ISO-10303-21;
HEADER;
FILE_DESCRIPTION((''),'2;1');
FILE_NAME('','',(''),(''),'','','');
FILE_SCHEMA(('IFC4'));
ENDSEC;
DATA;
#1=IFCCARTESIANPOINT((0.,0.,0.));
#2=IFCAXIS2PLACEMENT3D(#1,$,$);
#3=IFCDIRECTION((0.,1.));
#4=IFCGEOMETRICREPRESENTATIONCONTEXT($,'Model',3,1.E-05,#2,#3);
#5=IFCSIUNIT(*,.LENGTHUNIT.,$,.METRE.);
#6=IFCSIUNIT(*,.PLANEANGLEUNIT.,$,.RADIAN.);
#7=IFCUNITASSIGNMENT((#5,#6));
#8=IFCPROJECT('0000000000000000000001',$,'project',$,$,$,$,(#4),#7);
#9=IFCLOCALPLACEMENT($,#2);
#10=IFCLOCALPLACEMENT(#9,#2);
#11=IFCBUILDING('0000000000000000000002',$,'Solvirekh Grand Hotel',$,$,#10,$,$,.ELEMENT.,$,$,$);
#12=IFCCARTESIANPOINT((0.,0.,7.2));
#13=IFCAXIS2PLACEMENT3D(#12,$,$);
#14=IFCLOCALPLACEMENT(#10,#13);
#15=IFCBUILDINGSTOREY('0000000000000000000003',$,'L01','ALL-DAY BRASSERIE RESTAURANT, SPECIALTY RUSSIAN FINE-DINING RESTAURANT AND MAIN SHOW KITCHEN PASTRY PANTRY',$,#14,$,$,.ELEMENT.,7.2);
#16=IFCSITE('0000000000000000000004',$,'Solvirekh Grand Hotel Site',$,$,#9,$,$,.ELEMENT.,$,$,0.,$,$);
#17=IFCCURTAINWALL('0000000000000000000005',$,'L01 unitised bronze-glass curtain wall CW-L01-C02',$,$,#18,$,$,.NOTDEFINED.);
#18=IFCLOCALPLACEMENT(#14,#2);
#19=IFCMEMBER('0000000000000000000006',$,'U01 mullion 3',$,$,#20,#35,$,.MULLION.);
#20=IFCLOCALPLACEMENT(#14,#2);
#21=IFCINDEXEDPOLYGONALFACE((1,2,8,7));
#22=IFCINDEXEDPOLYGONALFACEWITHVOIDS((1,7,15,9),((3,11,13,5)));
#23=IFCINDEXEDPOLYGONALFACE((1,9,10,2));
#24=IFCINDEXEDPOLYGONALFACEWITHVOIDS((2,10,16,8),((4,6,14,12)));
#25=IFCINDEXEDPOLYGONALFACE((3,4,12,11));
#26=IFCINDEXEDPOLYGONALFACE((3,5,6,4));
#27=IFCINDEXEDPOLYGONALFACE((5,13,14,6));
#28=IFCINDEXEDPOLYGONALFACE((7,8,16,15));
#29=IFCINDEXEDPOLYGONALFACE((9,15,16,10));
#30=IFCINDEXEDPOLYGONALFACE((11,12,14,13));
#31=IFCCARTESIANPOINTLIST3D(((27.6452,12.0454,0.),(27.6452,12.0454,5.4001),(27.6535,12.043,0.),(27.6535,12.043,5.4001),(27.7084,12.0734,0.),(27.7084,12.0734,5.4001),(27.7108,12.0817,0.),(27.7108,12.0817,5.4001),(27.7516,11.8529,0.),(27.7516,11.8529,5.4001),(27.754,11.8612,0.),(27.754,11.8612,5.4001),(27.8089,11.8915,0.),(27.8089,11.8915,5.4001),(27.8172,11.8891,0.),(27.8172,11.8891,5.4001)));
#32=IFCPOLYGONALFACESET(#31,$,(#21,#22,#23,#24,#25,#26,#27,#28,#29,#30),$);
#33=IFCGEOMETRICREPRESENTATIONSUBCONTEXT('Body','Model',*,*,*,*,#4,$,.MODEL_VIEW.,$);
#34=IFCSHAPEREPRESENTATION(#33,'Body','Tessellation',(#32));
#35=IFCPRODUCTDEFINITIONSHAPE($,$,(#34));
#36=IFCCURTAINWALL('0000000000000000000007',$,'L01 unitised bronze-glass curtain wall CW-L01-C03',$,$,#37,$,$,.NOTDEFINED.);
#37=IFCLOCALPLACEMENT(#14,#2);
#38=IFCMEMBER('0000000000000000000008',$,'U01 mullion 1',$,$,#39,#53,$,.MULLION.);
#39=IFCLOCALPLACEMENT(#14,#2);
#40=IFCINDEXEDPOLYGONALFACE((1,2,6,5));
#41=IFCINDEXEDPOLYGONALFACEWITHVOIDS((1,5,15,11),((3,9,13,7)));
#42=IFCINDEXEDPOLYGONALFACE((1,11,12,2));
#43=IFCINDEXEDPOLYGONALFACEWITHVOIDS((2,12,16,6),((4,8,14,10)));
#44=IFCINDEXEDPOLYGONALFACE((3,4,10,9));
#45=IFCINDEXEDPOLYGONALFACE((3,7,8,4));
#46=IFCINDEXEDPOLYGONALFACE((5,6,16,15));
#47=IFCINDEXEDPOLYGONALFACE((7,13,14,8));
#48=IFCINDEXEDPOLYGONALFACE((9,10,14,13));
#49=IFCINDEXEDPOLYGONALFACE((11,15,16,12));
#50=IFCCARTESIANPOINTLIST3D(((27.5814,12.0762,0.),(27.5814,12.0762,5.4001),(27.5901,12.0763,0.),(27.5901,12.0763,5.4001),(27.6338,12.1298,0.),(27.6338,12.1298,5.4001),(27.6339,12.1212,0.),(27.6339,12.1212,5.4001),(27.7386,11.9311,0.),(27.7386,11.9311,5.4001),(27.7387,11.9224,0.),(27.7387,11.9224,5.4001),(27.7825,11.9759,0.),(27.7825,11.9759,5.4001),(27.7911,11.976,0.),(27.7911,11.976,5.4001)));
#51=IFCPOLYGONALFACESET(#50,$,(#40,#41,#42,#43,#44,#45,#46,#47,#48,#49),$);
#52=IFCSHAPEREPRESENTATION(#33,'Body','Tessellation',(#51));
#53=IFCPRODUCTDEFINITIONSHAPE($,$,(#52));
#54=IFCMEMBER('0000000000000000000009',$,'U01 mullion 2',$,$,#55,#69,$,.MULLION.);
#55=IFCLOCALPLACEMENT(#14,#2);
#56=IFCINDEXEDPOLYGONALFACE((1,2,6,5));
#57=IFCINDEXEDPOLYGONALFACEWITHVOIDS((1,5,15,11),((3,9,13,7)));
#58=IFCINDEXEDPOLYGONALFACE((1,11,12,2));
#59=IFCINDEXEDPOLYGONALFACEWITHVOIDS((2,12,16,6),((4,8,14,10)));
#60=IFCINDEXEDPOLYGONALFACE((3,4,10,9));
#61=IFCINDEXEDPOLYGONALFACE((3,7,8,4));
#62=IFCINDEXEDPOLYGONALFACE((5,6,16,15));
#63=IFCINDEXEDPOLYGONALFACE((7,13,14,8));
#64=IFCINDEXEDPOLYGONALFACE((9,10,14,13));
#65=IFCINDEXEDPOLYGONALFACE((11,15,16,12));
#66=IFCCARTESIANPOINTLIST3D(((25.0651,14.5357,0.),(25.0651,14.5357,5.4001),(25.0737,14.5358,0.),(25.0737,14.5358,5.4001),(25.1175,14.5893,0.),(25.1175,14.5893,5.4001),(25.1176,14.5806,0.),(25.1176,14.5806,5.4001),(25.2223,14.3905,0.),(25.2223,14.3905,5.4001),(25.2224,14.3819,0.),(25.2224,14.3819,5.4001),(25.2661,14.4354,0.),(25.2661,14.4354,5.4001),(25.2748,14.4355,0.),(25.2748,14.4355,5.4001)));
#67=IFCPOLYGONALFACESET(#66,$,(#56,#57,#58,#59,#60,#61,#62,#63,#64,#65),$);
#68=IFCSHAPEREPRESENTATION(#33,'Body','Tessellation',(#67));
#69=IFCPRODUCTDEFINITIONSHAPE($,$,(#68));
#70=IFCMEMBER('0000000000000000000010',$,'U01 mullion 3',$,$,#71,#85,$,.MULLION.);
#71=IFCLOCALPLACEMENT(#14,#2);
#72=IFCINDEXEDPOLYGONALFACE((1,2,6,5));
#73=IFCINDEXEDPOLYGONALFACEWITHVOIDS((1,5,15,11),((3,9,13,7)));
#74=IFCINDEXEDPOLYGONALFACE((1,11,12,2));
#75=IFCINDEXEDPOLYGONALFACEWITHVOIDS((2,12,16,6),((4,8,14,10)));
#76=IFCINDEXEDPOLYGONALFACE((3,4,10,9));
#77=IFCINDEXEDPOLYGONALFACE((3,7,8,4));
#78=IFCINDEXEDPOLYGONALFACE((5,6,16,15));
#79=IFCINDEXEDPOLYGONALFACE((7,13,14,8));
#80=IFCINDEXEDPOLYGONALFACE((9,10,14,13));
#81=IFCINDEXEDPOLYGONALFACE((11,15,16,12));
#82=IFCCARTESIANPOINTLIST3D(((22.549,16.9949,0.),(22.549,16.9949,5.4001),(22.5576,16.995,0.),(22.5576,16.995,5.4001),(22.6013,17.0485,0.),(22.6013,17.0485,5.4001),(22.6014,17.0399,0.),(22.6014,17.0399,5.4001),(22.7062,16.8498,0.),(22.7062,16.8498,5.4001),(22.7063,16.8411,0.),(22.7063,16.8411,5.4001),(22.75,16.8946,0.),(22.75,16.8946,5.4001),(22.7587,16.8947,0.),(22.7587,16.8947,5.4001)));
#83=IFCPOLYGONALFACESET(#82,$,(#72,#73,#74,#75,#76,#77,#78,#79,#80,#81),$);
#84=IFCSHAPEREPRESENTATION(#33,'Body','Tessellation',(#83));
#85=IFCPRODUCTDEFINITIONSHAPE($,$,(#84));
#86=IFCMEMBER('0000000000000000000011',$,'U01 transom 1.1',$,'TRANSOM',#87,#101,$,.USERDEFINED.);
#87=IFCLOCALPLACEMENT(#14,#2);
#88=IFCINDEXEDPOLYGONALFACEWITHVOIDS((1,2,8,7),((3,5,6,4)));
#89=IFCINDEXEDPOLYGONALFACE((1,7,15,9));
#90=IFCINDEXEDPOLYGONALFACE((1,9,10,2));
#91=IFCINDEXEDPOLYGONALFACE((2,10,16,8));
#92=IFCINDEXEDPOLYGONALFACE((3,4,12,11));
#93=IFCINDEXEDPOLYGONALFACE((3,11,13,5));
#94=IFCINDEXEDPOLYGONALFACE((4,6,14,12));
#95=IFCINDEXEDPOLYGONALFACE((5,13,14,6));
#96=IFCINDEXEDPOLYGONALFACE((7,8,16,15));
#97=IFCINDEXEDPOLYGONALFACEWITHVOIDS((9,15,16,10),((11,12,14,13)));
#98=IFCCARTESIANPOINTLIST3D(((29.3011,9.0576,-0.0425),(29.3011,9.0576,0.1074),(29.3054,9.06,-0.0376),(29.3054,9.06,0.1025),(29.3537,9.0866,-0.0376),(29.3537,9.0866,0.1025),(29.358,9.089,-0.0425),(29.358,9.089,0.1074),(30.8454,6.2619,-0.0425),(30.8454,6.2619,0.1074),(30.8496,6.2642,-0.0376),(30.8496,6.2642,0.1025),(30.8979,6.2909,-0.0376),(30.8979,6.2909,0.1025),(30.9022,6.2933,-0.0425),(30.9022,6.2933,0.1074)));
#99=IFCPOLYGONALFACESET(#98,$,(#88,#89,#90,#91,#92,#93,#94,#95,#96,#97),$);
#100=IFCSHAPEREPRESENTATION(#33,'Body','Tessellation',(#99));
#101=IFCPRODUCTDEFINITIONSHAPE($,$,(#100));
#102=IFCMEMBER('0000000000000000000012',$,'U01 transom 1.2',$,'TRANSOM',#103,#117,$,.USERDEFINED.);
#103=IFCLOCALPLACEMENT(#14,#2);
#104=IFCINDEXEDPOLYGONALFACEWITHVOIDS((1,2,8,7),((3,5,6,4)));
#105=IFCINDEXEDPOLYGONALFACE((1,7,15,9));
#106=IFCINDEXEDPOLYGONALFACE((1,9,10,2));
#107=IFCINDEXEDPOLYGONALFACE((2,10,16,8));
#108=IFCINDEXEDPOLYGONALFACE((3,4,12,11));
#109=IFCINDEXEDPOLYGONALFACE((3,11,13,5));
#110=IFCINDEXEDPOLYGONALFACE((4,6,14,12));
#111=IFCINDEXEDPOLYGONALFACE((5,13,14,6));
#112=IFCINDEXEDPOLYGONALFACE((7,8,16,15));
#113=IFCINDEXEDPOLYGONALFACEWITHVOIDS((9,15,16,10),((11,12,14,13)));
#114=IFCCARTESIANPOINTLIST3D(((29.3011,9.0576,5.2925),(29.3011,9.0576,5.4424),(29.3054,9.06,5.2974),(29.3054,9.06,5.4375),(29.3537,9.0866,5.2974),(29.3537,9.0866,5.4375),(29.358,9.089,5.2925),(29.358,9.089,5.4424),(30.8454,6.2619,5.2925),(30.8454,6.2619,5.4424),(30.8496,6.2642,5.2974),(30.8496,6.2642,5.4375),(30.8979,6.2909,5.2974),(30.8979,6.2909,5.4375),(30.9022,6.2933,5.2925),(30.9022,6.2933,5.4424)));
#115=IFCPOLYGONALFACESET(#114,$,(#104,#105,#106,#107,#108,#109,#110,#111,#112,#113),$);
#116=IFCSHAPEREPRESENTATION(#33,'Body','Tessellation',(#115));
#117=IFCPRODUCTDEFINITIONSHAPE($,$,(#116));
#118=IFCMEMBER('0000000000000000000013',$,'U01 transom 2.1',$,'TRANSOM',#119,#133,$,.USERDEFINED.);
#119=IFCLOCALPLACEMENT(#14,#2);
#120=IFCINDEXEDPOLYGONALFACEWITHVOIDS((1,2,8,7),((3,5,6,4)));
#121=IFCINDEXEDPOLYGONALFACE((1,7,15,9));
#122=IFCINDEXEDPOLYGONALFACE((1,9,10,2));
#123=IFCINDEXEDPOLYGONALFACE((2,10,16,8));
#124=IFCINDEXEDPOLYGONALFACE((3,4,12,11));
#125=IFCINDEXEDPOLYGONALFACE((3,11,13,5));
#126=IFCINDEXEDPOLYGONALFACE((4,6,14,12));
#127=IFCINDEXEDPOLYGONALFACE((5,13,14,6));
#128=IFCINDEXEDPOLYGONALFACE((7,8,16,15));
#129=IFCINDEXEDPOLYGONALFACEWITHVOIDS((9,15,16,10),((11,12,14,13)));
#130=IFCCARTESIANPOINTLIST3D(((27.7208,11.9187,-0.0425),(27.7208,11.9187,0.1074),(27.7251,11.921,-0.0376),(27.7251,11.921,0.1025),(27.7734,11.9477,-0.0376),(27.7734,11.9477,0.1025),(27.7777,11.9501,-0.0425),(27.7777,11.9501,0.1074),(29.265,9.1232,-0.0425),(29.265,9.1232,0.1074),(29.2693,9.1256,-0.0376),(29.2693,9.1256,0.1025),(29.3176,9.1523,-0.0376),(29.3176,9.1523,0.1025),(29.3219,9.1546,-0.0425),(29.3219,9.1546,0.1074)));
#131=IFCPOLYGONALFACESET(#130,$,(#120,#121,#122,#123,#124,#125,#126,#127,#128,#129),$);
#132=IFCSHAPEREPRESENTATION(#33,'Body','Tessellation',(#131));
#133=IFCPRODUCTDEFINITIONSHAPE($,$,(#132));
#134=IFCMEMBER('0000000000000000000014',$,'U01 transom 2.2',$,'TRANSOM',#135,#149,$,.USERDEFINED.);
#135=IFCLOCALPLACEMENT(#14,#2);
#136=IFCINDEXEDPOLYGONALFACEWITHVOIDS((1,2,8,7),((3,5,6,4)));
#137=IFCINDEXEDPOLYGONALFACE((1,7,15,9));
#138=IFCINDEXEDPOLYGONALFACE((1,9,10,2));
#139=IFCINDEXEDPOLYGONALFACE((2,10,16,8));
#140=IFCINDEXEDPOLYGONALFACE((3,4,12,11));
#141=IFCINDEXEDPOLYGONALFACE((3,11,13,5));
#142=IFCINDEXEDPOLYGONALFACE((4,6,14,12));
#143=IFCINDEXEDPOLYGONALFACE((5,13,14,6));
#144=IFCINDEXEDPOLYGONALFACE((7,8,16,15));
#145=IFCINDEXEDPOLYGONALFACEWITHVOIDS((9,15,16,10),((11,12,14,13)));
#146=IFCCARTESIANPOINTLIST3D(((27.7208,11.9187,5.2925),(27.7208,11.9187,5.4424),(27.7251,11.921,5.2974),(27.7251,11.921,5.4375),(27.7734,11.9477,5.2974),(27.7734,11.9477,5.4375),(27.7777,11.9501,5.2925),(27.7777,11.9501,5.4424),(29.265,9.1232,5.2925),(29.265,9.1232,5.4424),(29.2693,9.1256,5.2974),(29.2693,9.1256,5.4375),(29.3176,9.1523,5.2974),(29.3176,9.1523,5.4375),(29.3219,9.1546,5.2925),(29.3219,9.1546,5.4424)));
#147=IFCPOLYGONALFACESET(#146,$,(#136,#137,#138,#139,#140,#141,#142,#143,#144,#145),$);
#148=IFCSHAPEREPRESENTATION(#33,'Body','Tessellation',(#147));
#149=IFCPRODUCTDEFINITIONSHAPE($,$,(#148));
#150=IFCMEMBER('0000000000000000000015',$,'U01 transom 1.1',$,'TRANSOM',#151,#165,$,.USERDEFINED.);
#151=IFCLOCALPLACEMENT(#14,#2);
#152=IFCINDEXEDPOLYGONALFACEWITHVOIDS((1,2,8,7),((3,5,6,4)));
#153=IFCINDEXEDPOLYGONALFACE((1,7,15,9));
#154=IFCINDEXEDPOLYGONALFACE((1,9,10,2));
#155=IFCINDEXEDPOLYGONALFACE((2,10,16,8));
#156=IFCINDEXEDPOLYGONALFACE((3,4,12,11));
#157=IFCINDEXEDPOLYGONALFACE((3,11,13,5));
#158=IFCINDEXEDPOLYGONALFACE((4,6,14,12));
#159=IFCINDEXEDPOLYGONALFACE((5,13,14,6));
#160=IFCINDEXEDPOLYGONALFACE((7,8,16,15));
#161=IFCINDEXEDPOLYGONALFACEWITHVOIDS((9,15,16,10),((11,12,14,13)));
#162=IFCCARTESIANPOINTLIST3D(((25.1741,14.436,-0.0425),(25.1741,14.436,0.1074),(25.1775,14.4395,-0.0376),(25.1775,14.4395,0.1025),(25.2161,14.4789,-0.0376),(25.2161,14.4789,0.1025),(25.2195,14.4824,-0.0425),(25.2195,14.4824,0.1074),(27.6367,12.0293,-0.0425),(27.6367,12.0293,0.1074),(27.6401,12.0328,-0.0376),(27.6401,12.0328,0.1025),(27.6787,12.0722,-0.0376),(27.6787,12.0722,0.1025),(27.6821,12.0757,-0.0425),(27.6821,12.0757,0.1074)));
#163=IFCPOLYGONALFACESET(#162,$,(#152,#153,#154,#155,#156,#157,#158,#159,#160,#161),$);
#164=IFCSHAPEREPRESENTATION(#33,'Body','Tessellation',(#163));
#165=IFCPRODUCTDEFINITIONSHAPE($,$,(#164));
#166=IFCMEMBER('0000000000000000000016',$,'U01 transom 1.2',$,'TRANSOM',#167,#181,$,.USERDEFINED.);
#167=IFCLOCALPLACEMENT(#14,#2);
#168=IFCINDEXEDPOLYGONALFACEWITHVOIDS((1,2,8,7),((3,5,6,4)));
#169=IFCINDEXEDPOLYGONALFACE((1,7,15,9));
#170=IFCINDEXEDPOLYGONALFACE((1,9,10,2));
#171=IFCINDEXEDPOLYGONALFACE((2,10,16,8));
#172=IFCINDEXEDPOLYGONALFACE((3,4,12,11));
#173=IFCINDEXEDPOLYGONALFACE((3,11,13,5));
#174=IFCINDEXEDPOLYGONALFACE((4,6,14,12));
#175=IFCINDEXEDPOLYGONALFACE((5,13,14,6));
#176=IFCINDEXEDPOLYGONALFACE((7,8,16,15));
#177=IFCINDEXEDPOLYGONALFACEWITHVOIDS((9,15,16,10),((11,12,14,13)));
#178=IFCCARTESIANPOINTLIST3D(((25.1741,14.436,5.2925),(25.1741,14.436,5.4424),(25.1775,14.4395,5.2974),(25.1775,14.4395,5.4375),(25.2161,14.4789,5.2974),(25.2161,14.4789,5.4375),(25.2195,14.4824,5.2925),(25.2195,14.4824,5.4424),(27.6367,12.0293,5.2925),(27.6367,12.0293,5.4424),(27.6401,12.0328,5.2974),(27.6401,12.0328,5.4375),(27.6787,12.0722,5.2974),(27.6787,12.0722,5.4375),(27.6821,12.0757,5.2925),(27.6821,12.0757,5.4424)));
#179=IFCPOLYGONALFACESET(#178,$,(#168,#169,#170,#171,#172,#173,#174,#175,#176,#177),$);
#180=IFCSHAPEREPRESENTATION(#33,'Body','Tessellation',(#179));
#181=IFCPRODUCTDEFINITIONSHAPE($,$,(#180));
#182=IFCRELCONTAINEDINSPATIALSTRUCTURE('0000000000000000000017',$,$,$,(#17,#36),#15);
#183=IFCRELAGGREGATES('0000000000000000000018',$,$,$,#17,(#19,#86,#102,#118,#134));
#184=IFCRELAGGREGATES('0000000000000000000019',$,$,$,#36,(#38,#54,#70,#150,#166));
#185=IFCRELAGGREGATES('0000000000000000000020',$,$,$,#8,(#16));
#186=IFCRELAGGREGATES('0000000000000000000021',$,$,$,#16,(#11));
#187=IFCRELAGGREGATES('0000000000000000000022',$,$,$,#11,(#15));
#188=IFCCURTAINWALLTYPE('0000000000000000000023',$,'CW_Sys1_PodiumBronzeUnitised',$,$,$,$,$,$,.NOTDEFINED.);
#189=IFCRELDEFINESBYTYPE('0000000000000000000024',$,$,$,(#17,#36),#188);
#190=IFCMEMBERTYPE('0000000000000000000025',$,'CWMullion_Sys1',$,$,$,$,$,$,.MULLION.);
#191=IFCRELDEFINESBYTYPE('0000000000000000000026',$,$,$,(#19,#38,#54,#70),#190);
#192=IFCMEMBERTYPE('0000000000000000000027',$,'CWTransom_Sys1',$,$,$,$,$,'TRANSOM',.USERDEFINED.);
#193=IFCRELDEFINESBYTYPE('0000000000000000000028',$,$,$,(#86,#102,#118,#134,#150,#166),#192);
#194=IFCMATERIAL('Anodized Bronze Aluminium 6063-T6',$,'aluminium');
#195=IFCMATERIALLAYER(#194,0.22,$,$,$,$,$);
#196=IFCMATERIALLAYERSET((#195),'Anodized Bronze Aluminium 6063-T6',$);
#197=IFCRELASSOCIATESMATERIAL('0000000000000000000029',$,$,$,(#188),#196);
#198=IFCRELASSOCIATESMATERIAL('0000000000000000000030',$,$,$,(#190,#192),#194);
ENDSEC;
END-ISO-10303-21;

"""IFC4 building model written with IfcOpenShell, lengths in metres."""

from ifc_helpers import new_model, si_unit, direction, frame, origin, origin_2d, place, context, subcontext, project, spatial, hollow_rectangle, extrude, source, transform, mapped, material, layer, layer_set, material_profile, profile_set, type_object, element, aggregate, save


model = new_model("IFC4")

# Units and contexts
model_context = context("Model", 3, precision=1e-05, world=origin(), true_north=direction((0.0, 1.0)))
body_context = subcontext(model_context, "Body", "Model", "MODEL_VIEW")
ifc_project = project(units=[si_unit("LENGTHUNIT", "METRE"), si_unit("PLANEANGLEUNIT", "RADIAN")], contexts=[model_context])

# Site, building, storey
site_placement = place(None, origin())
site = spatial("IfcSite", under=ifc_project, at=site_placement, Name="Solvirekh Grand Hotel Site", CompositionType="ELEMENT", RefElevation=0.0)
building_placement = place(site_placement, origin())
building = spatial("IfcBuilding", under=site, at=building_placement, Name="Solvirekh Grand Hotel", CompositionType="ELEMENT")
storey_placement = place(building_placement, frame((0.0, 0.0, 7.2)))
storey = spatial("IfcBuildingStorey", under=building, at=storey_placement, Name="L01", Description="ALL-DAY BRASSERIE RESTAURANT, SPECIALTY RUSSIAN FINE-DINING RESTAURANT AND MAIN SHOW KITCHEN PASTRY PANTRY", CompositionType="ELEMENT", Elevation=7.2)

# Curtain walls, members
ifc_material_1 = material(Name="Anodized Bronze Aluminium 6063-T6", Category="aluminium")
ifc_layer_1 = layer(ifc_material_1, 0.22)
ifc_layer_set_1 = layer_set([ifc_layer_1], Name="Anodized Bronze Aluminium 6063-T6")
curtain_wall_type = type_object("IfcCurtainWallType", Name="CW_Sys1_PodiumBronzeUnitised", PredefinedType="NOTDEFINED", material=ifc_layer_set_1)
curtain_wall_1_placement = place(storey_placement, origin())
curtain_wall_1 = element("IfcCurtainWall", 1, at=curtain_wall_1_placement, inside=storey, type_object=curtain_wall_type, Name="L01 unitised bronze-glass curtain wall CW-L01-C02", PredefinedType="NOTDEFINED")
ifc_material_profile_1 = material_profile(ifc_material_1, hollow_rectangle(XDim=0.075, YDim=0.22, WallThickness=0.0061, at=origin_2d()), Name="ALU RHS 220X75X6")
ifc_profile_set_1 = profile_set([ifc_material_profile_1], Name="Anodized Bronze Aluminium 6063-T6")
member_type_1 = type_object("IfcMemberType", Name="CWMullion_Sys1", PredefinedType="MULLION", material=ifc_profile_set_1)
shared_shape_1 = source(origin(), body_context, "Body", "SweptSolid", [
    extrude(hollow_rectangle(XDim=0.075, YDim=0.22, WallThickness=0.0061, at=origin_2d()), origin(), (0.0, 0.0, 1.0), 5.4001),
])
member_1_placement = place(storey_placement, frame((27.7312, 11.9673, 0.0), z_axis=(0.0, 0.0, 1.0), x_axis=(-0.875346, -0.483497, 0.0)))
member_1 = element("IfcMember", 2, at=member_1_placement, type_object=member_type_1, Name="U01 mullion 3", PredefinedType="MULLION", context=body_context, shape_type="MappedRepresentation", body=[
    mapped(shared_shape_1, transform((0.0, 0.0, 0.0), x_axis=(1.0, 0.0, 0.0), y_axis=(0.0, 1.0, 0.0), z_axis=(0.0, 0.0, 1.0), scale=1.0)),
])
curtain_wall_2_placement = place(storey_placement, origin())
curtain_wall_2 = element("IfcCurtainWall", 3, at=curtain_wall_2_placement, inside=storey, type_object=curtain_wall_type, Name="L01 unitised bronze-glass curtain wall CW-L01-C03", PredefinedType="NOTDEFINED")
member_2_placement = place(storey_placement, frame((27.6863, 12.0261, 0.0), z_axis=(0.0, 0.0, 1.0), x_axis=(-0.698975, -0.715146, 0.0)))
member_2 = element("IfcMember", 4, at=member_2_placement, type_object=member_type_1, Name="U01 mullion 1", PredefinedType="MULLION", context=body_context, shape_type="MappedRepresentation", body=[
    mapped(shared_shape_1, transform((0.0, 0.0, 0.0), x_axis=(1.0, 0.0, 0.0), y_axis=(0.0, 1.0, 0.0), z_axis=(0.0, 0.0, 1.0), scale=1.0)),
])
member_3_placement = place(storey_placement, frame((25.1699, 14.4856, 0.0), z_axis=(0.0, 0.0, 1.0), x_axis=(-0.698975, -0.715146, 0.0)))
member_3 = element("IfcMember", 5, at=member_3_placement, type_object=member_type_1, Name="U01 mullion 2", PredefinedType="MULLION", context=body_context, shape_type="MappedRepresentation", body=[
    mapped(shared_shape_1, transform((0.0, 0.0, 0.0), x_axis=(1.0, 0.0, 0.0), y_axis=(0.0, 1.0, 0.0), z_axis=(0.0, 0.0, 1.0), scale=1.0)),
])
member_4_placement = place(storey_placement, frame((22.6538, 16.9448, 0.0), z_axis=(0.0, 0.0, 1.0), x_axis=(-0.698975, -0.715146, 0.0)))
member_4 = element("IfcMember", 6, at=member_4_placement, type_object=member_type_1, Name="U01 mullion 3", PredefinedType="MULLION", context=body_context, shape_type="MappedRepresentation", body=[
    mapped(shared_shape_1, transform((0.0, 0.0, 0.0), x_axis=(1.0, 0.0, 0.0), y_axis=(0.0, 1.0, 0.0), z_axis=(0.0, 0.0, 1.0), scale=1.0)),
])

# Members
ifc_material_profile_2 = material_profile(ifc_material_1, hollow_rectangle(XDim=0.0649, YDim=0.1499, WallThickness=0.0049, at=origin_2d()), Name="ALU RHS 150X65X5")
ifc_profile_set_2 = profile_set([ifc_material_profile_2], Name="Anodized Bronze Aluminium 6063-T6")
member_type_2 = type_object("IfcMemberType", Name="CWTransom_Sys1", ElementType="TRANSOM", PredefinedType="USERDEFINED", material=ifc_profile_set_2)
shared_shape_2 = source(origin(), body_context, "Body", "SweptSolid", [
    extrude(hollow_rectangle(XDim=0.0649, YDim=0.1499, WallThickness=0.0049, at=origin_2d()), origin(), (0.0, 0.0, 1.0), 3.1938),
])
member_5_placement = place(storey_placement, frame((30.8738, 6.2776, 0.0325), z_axis=(-0.4835, 0.875345, 0.0), x_axis=(-0.875345, -0.4835, 0.0)))
member_5 = element("IfcMember", 7, at=member_5_placement, type_object=member_type_2, Name="U01 transom 1.1", ObjectType="TRANSOM", PredefinedType="USERDEFINED", context=body_context, shape_type="MappedRepresentation", body=[
    mapped(shared_shape_2, transform((0.0, 0.0, 0.0), x_axis=(1.0, 0.0, 0.0), y_axis=(0.0, 1.0, 0.0), z_axis=(0.0, 0.0, 1.0), scale=1.0)),
])
member_6_placement = place(storey_placement, frame((30.8738, 6.2776, 5.3674), z_axis=(-0.4835, 0.875345, 0.0), x_axis=(-0.875345, -0.4835, 0.0)))
member_6 = element("IfcMember", 8, at=member_6_placement, type_object=member_type_2, Name="U01 transom 1.2", ObjectType="TRANSOM", PredefinedType="USERDEFINED", context=body_context, shape_type="MappedRepresentation", body=[
    mapped(shared_shape_2, transform((0.0, 0.0, 0.0), x_axis=(1.0, 0.0, 0.0), y_axis=(0.0, 1.0, 0.0), z_axis=(0.0, 0.0, 1.0), scale=1.0)),
])
shared_shape_3 = source(origin(), body_context, "Body", "SweptSolid", [
    extrude(hollow_rectangle(XDim=0.0649, YDim=0.1499, WallThickness=0.0049, at=origin_2d()), origin(), (0.0, 0.0, 1.0), 3.1936),
])
member_7_placement = place(storey_placement, frame((29.2935, 9.1389, 0.0325), z_axis=(-0.483532, 0.875327, 0.0), x_axis=(-0.875327, -0.483532, 0.0)))
member_7 = element("IfcMember", 9, at=member_7_placement, type_object=member_type_2, Name="U01 transom 2.1", ObjectType="TRANSOM", PredefinedType="USERDEFINED", context=body_context, shape_type="MappedRepresentation", body=[
    mapped(shared_shape_3, transform((0.0, 0.0, 0.0), x_axis=(1.0, 0.0, 0.0), y_axis=(0.0, 1.0, 0.0), z_axis=(0.0, 0.0, 1.0), scale=1.0)),
])
member_8_placement = place(storey_placement, frame((29.2935, 9.1389, 5.3674), z_axis=(-0.483532, 0.875327, 0.0), x_axis=(-0.875327, -0.483532, 0.0)))
member_8 = element("IfcMember", 10, at=member_8_placement, type_object=member_type_2, Name="U01 transom 2.2", ObjectType="TRANSOM", PredefinedType="USERDEFINED", context=body_context, shape_type="MappedRepresentation", body=[
    mapped(shared_shape_3, transform((0.0, 0.0, 0.0), x_axis=(1.0, 0.0, 0.0), y_axis=(0.0, 1.0, 0.0), z_axis=(0.0, 0.0, 1.0), scale=1.0)),
])
shared_shape_4 = source(origin(), body_context, "Body", "SweptSolid", [
    extrude(hollow_rectangle(XDim=0.0649, YDim=0.1499, WallThickness=0.0049, at=origin_2d()), origin(), (0.0, 0.0, 1.0), 3.4434),
])
member_9_placement = place(storey_placement, frame((27.6594, 12.0525, 0.0325), z_axis=(-0.715178, 0.698942, 0.0), x_axis=(-0.698942, -0.715178, 0.0)))
member_9 = element("IfcMember", 11, at=member_9_placement, type_object=member_type_2, Name="U01 transom 1.1", ObjectType="TRANSOM", PredefinedType="USERDEFINED", context=body_context, shape_type="MappedRepresentation", body=[
    mapped(shared_shape_4, transform((0.0, 0.0, 0.0), x_axis=(1.0, 0.0, 0.0), y_axis=(0.0, 1.0, 0.0), z_axis=(0.0, 0.0, 1.0), scale=1.0)),
])
member_10_placement = place(storey_placement, frame((27.6594, 12.0525, 5.3674), z_axis=(-0.715178, 0.698942, 0.0), x_axis=(-0.698942, -0.715178, 0.0)))
member_10 = element("IfcMember", 12, at=member_10_placement, type_object=member_type_2, Name="U01 transom 1.2", ObjectType="TRANSOM", PredefinedType="USERDEFINED", context=body_context, shape_type="MappedRepresentation", body=[
    mapped(shared_shape_4, transform((0.0, 0.0, 0.0), x_axis=(1.0, 0.0, 0.0), y_axis=(0.0, 1.0, 0.0), z_axis=(0.0, 0.0, 1.0), scale=1.0)),
])

aggregate(curtain_wall_1, [member_1, member_5, member_6, member_7, member_8])
aggregate(curtain_wall_2, [member_2, member_3, member_4, member_9, member_10])

save(model, "model.ifc")
